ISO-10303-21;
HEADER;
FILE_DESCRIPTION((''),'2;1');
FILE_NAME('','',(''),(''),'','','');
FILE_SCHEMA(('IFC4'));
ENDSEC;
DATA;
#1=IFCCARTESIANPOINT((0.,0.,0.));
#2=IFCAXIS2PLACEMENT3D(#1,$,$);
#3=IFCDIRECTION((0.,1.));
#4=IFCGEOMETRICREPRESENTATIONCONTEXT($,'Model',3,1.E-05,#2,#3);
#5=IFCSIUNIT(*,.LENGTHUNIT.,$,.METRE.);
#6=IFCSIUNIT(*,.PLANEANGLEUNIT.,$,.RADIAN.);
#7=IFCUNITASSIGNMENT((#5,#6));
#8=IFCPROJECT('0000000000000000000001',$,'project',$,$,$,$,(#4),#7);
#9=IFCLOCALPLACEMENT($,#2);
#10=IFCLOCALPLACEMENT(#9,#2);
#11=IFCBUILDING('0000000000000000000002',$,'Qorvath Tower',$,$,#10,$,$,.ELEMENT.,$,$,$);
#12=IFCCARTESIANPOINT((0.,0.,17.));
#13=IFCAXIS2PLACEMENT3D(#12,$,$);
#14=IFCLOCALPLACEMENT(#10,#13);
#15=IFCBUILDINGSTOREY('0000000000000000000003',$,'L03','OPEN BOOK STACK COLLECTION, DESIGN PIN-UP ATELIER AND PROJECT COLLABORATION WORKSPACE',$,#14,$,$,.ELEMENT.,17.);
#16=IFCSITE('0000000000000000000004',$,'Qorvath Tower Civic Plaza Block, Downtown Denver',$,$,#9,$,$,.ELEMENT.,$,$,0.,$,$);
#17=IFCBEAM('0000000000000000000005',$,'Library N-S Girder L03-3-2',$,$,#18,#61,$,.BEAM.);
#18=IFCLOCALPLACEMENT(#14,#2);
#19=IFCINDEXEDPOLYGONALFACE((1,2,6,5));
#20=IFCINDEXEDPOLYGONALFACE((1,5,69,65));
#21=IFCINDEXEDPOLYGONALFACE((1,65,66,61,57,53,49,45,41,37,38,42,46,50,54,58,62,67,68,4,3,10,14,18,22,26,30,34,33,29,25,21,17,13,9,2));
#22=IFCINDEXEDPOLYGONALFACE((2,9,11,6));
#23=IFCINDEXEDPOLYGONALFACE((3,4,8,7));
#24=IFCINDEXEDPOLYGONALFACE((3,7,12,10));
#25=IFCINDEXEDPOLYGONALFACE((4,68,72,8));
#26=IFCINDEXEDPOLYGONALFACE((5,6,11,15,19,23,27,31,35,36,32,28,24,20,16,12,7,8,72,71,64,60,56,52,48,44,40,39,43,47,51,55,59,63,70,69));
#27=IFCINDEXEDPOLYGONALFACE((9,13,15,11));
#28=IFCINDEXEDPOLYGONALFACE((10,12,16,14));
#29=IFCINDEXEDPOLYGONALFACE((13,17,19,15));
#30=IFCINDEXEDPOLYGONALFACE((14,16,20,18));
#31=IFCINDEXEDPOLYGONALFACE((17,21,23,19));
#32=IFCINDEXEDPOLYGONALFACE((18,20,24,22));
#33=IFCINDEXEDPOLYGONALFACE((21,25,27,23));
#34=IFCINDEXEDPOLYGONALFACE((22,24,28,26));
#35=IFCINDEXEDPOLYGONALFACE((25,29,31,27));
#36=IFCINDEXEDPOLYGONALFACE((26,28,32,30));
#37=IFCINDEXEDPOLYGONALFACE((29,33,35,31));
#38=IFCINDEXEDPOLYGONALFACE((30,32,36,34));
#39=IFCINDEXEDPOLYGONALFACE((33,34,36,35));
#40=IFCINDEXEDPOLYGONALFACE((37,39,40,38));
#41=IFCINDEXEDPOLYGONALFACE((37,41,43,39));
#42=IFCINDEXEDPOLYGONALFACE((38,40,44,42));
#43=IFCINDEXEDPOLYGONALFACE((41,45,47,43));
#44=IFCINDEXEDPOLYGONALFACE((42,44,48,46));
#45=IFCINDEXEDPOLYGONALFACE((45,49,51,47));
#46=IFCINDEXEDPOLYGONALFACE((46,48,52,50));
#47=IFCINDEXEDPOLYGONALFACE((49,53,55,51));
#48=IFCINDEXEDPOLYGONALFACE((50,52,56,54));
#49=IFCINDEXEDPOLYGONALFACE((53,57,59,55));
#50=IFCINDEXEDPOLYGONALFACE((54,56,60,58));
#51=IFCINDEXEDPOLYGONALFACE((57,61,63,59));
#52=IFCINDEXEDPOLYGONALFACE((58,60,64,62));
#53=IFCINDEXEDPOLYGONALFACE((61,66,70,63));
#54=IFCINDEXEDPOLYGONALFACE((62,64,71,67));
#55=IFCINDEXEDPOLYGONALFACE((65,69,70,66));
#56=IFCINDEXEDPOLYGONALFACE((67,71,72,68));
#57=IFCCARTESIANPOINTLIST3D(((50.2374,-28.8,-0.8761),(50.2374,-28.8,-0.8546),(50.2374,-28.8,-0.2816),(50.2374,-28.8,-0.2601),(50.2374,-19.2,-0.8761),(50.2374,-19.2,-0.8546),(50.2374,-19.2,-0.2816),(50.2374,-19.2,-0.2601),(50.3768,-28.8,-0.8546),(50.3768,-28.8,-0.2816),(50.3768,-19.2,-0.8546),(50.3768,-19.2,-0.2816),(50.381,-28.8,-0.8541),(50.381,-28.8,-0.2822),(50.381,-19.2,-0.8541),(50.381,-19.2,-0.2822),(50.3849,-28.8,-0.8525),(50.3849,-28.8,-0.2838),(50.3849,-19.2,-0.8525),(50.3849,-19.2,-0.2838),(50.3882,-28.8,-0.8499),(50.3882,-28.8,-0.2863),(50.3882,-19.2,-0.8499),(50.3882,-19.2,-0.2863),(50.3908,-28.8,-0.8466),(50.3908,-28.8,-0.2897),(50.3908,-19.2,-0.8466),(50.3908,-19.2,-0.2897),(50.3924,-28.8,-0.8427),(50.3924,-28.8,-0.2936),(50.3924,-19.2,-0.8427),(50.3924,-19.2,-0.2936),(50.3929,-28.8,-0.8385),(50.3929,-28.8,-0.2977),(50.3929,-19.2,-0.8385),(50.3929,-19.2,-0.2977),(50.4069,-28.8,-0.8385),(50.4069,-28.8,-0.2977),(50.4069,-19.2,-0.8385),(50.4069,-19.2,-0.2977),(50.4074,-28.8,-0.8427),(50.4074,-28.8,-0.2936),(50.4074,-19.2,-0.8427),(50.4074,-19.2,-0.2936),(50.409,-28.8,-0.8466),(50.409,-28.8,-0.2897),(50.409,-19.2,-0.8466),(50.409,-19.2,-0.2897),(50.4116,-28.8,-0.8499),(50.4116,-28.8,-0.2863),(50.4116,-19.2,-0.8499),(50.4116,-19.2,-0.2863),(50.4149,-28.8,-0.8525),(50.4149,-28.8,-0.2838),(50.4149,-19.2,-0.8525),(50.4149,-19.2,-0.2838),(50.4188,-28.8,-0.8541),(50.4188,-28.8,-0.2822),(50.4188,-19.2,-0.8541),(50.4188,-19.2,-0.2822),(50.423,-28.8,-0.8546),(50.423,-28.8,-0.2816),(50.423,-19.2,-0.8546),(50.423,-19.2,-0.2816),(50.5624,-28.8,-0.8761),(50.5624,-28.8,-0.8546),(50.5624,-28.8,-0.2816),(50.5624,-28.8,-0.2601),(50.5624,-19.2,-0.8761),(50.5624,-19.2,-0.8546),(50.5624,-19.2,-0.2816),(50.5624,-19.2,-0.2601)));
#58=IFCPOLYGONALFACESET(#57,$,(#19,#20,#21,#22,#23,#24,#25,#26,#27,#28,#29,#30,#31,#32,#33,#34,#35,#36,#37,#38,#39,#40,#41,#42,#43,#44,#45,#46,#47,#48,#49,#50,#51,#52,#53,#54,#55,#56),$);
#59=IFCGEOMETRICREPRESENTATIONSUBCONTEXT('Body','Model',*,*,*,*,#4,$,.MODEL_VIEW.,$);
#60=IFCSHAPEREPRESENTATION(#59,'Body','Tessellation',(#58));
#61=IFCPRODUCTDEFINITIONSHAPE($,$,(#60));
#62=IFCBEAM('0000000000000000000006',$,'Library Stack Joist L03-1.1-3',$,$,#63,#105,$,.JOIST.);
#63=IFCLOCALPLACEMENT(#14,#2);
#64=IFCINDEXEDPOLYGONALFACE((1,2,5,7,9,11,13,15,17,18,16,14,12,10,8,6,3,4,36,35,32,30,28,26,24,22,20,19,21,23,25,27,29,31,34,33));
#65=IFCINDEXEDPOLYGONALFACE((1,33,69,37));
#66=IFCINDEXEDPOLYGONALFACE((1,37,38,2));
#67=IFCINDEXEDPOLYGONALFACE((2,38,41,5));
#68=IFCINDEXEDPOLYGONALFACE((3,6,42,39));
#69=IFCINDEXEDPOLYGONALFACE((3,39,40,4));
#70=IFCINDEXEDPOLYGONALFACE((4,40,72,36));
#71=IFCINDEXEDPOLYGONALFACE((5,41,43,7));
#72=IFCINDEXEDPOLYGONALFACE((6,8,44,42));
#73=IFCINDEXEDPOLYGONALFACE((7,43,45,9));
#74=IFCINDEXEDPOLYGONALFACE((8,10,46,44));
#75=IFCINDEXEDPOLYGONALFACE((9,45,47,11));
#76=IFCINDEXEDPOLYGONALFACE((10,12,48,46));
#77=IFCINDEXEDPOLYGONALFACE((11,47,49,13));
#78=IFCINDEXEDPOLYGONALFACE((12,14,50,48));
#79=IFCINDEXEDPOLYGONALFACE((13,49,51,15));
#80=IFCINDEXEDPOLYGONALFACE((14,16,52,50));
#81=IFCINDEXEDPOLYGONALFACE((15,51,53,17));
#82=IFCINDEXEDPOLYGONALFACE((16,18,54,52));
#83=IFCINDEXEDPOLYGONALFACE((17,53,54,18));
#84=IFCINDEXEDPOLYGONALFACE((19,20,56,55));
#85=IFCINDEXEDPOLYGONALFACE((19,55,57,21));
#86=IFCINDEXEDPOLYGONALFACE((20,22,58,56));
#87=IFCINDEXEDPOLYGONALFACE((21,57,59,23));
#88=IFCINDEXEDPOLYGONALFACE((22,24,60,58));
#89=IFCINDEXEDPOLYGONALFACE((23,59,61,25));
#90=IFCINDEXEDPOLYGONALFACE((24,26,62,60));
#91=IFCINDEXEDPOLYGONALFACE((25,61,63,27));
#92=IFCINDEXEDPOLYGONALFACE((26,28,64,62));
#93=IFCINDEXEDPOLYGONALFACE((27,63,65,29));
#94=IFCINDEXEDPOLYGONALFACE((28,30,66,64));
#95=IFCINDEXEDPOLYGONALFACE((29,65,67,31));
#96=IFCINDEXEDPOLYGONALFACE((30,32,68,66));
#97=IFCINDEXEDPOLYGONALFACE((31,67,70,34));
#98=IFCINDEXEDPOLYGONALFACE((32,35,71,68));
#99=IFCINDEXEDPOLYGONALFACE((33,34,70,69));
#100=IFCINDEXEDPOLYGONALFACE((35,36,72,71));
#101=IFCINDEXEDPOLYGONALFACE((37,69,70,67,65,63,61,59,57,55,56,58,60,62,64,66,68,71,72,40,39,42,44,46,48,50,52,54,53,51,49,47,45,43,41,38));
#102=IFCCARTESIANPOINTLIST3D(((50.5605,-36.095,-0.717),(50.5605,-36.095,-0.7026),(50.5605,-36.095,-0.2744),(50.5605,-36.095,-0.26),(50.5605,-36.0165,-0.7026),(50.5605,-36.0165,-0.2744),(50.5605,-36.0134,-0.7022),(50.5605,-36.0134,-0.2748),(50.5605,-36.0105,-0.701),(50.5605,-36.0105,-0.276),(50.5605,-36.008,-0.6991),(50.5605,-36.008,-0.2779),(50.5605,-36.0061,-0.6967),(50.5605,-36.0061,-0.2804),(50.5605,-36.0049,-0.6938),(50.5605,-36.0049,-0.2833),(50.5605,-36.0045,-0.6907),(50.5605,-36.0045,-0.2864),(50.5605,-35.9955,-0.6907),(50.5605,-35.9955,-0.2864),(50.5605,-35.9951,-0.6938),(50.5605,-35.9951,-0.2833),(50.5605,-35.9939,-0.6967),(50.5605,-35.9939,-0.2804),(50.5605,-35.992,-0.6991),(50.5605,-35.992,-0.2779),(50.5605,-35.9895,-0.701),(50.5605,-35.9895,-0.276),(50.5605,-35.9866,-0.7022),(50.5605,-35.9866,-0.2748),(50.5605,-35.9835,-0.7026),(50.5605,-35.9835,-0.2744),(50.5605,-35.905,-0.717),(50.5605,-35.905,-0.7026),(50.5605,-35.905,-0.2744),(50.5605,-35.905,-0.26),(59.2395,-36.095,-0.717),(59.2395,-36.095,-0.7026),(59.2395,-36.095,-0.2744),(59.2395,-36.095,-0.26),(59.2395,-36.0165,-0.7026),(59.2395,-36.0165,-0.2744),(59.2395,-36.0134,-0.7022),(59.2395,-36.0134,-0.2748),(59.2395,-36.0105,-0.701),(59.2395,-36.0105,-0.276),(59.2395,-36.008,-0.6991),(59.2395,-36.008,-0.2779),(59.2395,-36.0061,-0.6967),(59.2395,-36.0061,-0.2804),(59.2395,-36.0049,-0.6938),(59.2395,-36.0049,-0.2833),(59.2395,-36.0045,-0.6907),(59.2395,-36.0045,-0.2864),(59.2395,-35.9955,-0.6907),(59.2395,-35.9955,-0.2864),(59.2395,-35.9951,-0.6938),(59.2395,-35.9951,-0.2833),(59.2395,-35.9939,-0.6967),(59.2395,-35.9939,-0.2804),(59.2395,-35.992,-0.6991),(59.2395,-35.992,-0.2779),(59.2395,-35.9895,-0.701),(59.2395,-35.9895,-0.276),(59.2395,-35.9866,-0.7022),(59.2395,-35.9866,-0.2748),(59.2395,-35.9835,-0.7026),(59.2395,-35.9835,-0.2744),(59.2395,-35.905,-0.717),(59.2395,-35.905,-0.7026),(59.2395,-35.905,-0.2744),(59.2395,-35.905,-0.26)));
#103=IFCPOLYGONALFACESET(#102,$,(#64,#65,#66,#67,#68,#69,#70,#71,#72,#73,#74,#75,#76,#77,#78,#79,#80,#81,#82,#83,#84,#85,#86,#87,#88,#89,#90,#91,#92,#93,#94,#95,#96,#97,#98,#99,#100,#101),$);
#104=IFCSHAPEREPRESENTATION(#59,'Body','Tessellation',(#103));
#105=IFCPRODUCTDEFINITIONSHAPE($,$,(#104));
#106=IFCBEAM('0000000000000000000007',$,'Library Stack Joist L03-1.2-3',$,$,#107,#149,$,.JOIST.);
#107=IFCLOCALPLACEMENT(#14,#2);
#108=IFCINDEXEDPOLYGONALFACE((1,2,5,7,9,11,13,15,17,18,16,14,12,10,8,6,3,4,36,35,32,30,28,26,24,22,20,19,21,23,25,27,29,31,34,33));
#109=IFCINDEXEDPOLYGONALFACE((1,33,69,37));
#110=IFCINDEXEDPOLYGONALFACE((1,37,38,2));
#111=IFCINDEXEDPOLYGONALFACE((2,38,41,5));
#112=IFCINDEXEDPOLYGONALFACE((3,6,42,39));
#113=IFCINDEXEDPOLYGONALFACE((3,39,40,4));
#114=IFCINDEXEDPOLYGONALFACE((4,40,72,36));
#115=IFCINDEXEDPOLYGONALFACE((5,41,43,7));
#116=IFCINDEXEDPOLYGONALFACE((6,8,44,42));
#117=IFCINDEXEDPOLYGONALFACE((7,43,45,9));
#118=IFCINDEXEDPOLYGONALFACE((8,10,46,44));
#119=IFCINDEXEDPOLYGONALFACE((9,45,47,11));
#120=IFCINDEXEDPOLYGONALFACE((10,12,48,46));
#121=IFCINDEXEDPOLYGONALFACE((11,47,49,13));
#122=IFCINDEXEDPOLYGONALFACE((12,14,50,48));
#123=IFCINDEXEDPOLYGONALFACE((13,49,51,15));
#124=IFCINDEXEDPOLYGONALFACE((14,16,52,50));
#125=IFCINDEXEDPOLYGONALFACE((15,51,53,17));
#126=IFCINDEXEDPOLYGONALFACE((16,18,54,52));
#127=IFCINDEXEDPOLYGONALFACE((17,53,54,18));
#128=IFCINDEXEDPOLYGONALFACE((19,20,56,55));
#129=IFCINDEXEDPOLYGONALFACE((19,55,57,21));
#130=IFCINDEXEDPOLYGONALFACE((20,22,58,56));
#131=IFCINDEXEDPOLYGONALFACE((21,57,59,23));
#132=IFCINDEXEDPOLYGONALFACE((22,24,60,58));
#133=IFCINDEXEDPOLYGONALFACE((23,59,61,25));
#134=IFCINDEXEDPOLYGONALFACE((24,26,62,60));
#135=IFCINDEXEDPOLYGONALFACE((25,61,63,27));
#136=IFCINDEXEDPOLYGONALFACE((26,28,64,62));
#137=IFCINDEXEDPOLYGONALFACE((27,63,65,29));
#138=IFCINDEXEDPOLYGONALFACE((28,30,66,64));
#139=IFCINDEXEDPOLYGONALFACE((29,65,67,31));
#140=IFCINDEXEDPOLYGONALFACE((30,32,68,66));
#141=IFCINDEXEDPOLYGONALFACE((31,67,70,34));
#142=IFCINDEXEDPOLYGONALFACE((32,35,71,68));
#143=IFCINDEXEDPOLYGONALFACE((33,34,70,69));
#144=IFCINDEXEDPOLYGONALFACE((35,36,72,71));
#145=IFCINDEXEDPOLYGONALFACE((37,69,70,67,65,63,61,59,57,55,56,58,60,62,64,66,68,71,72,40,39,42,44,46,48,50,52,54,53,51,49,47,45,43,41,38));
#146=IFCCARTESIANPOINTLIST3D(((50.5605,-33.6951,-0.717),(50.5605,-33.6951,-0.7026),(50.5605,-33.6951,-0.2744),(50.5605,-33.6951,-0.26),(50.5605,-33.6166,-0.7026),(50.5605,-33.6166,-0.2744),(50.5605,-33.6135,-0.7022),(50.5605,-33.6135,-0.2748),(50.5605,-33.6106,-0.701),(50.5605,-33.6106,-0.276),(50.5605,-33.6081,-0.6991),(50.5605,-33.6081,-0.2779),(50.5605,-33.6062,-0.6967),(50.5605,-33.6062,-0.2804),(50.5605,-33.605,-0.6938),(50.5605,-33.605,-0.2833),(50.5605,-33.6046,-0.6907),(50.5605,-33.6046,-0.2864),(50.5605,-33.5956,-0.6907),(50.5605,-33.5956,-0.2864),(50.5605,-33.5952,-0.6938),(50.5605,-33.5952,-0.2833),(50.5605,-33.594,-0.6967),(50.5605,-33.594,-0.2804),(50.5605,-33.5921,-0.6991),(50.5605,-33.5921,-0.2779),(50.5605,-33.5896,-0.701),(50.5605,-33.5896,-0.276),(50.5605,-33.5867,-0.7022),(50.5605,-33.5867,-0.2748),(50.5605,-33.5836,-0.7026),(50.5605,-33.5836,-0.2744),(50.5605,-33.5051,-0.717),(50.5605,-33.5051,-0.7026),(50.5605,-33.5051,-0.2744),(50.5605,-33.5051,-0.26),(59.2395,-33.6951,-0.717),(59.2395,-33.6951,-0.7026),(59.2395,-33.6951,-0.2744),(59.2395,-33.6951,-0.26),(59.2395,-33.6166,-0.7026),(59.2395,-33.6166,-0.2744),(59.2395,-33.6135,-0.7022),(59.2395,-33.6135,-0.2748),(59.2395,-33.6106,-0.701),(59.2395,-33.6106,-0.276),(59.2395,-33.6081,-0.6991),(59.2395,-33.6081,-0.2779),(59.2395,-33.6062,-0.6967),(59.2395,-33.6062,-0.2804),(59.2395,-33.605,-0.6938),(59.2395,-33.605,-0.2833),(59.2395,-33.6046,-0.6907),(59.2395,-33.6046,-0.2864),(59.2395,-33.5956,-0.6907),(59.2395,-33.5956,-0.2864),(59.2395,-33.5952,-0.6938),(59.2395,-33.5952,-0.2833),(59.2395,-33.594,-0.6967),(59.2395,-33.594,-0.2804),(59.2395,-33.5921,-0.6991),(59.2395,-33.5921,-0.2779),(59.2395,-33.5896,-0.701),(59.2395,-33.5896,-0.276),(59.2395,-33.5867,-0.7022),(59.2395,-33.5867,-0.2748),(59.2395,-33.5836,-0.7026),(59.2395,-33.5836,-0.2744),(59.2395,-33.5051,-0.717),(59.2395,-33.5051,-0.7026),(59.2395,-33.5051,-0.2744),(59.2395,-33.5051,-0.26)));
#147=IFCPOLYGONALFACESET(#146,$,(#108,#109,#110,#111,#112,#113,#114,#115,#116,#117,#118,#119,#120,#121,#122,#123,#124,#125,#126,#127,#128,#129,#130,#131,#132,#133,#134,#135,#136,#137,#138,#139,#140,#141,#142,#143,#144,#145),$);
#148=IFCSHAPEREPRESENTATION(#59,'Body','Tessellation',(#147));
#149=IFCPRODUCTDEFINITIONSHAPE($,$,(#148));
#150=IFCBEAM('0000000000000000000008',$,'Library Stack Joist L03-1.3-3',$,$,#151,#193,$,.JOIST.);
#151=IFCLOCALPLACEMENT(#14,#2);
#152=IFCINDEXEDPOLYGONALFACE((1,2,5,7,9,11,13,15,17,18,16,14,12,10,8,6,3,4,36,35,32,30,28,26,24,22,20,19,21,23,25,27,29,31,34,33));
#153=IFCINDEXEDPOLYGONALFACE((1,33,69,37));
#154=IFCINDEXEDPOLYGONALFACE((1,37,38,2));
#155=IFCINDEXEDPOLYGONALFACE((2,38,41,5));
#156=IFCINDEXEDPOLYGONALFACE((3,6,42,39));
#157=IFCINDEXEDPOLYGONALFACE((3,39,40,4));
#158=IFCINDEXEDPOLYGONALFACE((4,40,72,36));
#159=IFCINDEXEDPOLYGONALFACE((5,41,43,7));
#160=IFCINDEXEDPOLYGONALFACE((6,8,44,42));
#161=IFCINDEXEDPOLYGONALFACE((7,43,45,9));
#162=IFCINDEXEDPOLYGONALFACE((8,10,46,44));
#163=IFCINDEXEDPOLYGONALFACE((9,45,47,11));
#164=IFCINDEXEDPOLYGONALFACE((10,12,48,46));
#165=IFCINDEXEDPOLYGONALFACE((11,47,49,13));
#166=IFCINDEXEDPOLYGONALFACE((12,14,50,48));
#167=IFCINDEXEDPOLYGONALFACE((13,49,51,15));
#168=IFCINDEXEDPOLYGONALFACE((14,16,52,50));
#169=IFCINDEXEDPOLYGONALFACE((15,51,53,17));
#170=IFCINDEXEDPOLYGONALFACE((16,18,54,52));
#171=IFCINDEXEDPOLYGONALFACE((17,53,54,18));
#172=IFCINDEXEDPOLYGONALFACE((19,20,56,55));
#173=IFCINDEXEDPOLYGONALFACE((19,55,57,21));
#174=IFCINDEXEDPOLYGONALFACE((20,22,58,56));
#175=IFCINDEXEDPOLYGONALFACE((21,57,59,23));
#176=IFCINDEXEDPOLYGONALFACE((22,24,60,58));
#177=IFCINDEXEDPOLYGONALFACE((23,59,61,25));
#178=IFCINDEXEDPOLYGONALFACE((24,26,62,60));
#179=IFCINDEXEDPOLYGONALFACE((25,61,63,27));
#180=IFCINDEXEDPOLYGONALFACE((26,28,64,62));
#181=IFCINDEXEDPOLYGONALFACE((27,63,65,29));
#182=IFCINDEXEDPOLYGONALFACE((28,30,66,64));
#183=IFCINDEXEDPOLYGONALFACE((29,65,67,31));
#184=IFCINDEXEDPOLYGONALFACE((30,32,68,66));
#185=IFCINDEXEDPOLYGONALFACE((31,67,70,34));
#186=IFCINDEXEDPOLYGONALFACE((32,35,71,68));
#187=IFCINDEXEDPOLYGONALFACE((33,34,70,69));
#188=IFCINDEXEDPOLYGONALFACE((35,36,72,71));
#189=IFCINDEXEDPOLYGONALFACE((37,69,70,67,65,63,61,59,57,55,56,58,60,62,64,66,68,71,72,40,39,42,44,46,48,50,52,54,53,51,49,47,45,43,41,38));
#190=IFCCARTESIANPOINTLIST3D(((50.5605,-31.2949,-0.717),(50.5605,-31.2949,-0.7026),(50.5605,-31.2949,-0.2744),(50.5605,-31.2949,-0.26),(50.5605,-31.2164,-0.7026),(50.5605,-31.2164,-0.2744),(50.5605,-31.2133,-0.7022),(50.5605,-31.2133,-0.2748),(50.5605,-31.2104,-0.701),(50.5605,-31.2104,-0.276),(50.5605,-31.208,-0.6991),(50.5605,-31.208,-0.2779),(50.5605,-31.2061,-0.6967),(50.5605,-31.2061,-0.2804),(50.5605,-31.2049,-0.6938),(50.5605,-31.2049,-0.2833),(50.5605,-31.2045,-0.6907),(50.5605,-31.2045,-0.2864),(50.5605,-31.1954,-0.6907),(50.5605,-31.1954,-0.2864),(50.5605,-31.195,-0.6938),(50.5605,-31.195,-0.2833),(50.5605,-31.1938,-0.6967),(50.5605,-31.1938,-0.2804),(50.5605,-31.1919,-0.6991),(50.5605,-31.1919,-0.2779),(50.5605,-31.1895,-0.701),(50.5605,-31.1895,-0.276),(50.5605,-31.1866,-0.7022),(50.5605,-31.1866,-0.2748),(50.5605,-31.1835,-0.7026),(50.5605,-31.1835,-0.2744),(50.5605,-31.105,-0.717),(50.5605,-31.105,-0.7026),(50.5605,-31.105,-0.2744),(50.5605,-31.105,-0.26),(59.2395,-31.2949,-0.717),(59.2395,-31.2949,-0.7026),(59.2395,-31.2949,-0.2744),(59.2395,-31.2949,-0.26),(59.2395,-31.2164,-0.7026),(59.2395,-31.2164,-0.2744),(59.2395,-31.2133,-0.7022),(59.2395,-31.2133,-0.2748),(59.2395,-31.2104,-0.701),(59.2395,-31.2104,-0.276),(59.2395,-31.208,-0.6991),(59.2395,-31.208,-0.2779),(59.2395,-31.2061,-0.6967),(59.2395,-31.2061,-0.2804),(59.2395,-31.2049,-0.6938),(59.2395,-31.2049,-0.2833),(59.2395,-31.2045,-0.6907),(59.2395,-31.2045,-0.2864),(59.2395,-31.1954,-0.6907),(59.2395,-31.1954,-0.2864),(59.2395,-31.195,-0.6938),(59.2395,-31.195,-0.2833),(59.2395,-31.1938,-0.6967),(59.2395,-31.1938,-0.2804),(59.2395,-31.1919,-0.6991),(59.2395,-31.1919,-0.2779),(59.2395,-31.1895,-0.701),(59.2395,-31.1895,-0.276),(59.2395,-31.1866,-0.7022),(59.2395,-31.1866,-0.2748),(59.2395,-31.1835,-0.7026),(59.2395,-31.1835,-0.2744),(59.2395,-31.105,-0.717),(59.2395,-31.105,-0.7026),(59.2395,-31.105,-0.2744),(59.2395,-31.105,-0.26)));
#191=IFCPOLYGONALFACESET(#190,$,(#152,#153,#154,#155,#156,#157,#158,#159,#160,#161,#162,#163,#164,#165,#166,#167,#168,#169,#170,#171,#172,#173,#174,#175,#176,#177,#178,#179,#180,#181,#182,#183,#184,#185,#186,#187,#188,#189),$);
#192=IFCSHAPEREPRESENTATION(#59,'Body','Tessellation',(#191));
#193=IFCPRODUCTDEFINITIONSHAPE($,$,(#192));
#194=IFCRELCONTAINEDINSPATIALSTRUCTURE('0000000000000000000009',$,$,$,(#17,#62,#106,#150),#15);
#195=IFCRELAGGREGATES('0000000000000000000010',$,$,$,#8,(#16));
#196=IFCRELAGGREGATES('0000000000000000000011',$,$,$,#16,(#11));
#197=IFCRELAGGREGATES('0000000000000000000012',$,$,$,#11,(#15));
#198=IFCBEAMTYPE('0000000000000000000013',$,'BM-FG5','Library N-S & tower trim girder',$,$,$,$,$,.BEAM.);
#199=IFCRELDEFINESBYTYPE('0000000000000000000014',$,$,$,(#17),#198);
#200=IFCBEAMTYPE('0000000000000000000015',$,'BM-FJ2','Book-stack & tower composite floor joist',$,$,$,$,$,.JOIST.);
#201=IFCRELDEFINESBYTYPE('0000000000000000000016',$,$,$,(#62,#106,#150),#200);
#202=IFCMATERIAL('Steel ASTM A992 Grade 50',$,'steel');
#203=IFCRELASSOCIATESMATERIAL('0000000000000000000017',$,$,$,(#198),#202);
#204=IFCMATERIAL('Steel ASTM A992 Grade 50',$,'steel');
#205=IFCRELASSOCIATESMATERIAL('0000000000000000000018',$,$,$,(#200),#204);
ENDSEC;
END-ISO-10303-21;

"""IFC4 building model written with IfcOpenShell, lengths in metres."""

from ifc_helpers import new_model, si_unit, direction, frame, origin, origin_2d, place, context, subcontext, project, spatial, i_section, extrude, material, material_profile, profile_set, type_object, element, save


model = new_model("IFC4")

# Units and contexts
model_context = context("Model", 3, precision=1e-05, world=origin(), true_north=direction((0.0, 1.0)))
body_context = subcontext(model_context, "Body", "Model", "MODEL_VIEW")
ifc_project = project(units=[si_unit("LENGTHUNIT", "METRE"), si_unit("PLANEANGLEUNIT", "RADIAN")], contexts=[model_context])

# Site, building, storey
site_placement = place(None, origin())
site = spatial("IfcSite", under=ifc_project, at=site_placement, Name="Qorvath Tower Civic Plaza Block, Downtown Denver", CompositionType="ELEMENT", RefElevation=0.0)
building_placement = place(site_placement, origin())
building = spatial("IfcBuilding", under=site, at=building_placement, Name="Qorvath Tower", CompositionType="ELEMENT")
storey_placement = place(building_placement, frame((0.0, 0.0, 17.0)))
storey = spatial("IfcBuildingStorey", under=building, at=storey_placement, Name="L03", Description="OPEN BOOK STACK COLLECTION, DESIGN PIN-UP ATELIER AND PROJECT COLLABORATION WORKSPACE", CompositionType="ELEMENT", Elevation=17.0)

# Beams
ifc_material_1 = material(Name="Steel ASTM A992 Grade 50", Category="steel")
ifc_material_profile_1 = material_profile(ifc_material_1, i_section(OverallWidth=0.325, OverallDepth=0.616, WebThickness=0.0139, FlangeThickness=0.0215, FilletRadius=0.0161, at=origin_2d()), Name="W24x117")
ifc_profile_set_1 = profile_set([ifc_material_profile_1], Name="Steel ASTM A992 Grade 50")
beam_type_1 = type_object("IfcBeamType", Name="BM-FG5", Description="Library N-S & tower trim girder", PredefinedType="BEAM", material=ifc_profile_set_1)
beam_1_placement = place(storey_placement, frame((50.3999, -28.8, -0.5681), z_axis=(0.0, 1.0, 0.0), x_axis=(-1.0, 0.0, 0.0)))
element("IfcBeam", 1, at=beam_1_placement, inside=storey, type_object=beam_type_1, Name="Library N-S Girder L03-3-2", PredefinedType="BEAM", context=body_context, shape_type="SweptSolid", body=[
    extrude(i_section(OverallWidth=0.325, OverallDepth=0.616, WebThickness=0.0139, FlangeThickness=0.0215, FilletRadius=0.0161, at=origin_2d()), origin(), (0.0, 0.0, 1.0), 9.6001),
])
ifc_material_2 = material(Name="Steel ASTM A992 Grade 50", Category="steel")
ifc_material_profile_2 = material_profile(ifc_material_2, i_section(OverallWidth=0.1899, OverallDepth=0.457, WebThickness=0.009, FlangeThickness=0.0144, FilletRadius=0.012, at=origin_2d()), Name="W18x50")
ifc_profile_set_2 = profile_set([ifc_material_profile_2], Name="Steel ASTM A992 Grade 50")
beam_type_2 = type_object("IfcBeamType", Name="BM-FJ2", Description="Book-stack & tower composite floor joist", PredefinedType="JOIST", material=ifc_profile_set_2)
for number, where, z_axis, x_axis, name in (
    (2, (50.5605, -36.0, -0.4885), (1.0, 0.0, 0.0), (0.0, 1.0, 0.0), "Library Stack Joist L03-1.1-3"),
    (3, (50.5605, -33.6001, -0.4885), (1.0, 0.0, 0.0), (0.0, 1.0, 0.0), "Library Stack Joist L03-1.2-3"),
    (4, (50.5605, -31.2, -0.4885), (1.0, 0.0, 0.0), (0.0, 1.0, 0.0), "Library Stack Joist L03-1.3-3"),
):
    element("IfcBeam", number, at=place(storey_placement, frame(where, z_axis=z_axis, x_axis=x_axis)), inside=storey, type_object=beam_type_2, Name=name, PredefinedType="JOIST", context=body_context, shape_type="SweptSolid", body=[
        extrude(i_section(OverallWidth=0.1899, OverallDepth=0.457, WebThickness=0.009, FlangeThickness=0.0144, FilletRadius=0.012, at=origin_2d()), origin(), (0.0, 0.0, 1.0), 8.679),
    ])

save(model, "model.ifc")
